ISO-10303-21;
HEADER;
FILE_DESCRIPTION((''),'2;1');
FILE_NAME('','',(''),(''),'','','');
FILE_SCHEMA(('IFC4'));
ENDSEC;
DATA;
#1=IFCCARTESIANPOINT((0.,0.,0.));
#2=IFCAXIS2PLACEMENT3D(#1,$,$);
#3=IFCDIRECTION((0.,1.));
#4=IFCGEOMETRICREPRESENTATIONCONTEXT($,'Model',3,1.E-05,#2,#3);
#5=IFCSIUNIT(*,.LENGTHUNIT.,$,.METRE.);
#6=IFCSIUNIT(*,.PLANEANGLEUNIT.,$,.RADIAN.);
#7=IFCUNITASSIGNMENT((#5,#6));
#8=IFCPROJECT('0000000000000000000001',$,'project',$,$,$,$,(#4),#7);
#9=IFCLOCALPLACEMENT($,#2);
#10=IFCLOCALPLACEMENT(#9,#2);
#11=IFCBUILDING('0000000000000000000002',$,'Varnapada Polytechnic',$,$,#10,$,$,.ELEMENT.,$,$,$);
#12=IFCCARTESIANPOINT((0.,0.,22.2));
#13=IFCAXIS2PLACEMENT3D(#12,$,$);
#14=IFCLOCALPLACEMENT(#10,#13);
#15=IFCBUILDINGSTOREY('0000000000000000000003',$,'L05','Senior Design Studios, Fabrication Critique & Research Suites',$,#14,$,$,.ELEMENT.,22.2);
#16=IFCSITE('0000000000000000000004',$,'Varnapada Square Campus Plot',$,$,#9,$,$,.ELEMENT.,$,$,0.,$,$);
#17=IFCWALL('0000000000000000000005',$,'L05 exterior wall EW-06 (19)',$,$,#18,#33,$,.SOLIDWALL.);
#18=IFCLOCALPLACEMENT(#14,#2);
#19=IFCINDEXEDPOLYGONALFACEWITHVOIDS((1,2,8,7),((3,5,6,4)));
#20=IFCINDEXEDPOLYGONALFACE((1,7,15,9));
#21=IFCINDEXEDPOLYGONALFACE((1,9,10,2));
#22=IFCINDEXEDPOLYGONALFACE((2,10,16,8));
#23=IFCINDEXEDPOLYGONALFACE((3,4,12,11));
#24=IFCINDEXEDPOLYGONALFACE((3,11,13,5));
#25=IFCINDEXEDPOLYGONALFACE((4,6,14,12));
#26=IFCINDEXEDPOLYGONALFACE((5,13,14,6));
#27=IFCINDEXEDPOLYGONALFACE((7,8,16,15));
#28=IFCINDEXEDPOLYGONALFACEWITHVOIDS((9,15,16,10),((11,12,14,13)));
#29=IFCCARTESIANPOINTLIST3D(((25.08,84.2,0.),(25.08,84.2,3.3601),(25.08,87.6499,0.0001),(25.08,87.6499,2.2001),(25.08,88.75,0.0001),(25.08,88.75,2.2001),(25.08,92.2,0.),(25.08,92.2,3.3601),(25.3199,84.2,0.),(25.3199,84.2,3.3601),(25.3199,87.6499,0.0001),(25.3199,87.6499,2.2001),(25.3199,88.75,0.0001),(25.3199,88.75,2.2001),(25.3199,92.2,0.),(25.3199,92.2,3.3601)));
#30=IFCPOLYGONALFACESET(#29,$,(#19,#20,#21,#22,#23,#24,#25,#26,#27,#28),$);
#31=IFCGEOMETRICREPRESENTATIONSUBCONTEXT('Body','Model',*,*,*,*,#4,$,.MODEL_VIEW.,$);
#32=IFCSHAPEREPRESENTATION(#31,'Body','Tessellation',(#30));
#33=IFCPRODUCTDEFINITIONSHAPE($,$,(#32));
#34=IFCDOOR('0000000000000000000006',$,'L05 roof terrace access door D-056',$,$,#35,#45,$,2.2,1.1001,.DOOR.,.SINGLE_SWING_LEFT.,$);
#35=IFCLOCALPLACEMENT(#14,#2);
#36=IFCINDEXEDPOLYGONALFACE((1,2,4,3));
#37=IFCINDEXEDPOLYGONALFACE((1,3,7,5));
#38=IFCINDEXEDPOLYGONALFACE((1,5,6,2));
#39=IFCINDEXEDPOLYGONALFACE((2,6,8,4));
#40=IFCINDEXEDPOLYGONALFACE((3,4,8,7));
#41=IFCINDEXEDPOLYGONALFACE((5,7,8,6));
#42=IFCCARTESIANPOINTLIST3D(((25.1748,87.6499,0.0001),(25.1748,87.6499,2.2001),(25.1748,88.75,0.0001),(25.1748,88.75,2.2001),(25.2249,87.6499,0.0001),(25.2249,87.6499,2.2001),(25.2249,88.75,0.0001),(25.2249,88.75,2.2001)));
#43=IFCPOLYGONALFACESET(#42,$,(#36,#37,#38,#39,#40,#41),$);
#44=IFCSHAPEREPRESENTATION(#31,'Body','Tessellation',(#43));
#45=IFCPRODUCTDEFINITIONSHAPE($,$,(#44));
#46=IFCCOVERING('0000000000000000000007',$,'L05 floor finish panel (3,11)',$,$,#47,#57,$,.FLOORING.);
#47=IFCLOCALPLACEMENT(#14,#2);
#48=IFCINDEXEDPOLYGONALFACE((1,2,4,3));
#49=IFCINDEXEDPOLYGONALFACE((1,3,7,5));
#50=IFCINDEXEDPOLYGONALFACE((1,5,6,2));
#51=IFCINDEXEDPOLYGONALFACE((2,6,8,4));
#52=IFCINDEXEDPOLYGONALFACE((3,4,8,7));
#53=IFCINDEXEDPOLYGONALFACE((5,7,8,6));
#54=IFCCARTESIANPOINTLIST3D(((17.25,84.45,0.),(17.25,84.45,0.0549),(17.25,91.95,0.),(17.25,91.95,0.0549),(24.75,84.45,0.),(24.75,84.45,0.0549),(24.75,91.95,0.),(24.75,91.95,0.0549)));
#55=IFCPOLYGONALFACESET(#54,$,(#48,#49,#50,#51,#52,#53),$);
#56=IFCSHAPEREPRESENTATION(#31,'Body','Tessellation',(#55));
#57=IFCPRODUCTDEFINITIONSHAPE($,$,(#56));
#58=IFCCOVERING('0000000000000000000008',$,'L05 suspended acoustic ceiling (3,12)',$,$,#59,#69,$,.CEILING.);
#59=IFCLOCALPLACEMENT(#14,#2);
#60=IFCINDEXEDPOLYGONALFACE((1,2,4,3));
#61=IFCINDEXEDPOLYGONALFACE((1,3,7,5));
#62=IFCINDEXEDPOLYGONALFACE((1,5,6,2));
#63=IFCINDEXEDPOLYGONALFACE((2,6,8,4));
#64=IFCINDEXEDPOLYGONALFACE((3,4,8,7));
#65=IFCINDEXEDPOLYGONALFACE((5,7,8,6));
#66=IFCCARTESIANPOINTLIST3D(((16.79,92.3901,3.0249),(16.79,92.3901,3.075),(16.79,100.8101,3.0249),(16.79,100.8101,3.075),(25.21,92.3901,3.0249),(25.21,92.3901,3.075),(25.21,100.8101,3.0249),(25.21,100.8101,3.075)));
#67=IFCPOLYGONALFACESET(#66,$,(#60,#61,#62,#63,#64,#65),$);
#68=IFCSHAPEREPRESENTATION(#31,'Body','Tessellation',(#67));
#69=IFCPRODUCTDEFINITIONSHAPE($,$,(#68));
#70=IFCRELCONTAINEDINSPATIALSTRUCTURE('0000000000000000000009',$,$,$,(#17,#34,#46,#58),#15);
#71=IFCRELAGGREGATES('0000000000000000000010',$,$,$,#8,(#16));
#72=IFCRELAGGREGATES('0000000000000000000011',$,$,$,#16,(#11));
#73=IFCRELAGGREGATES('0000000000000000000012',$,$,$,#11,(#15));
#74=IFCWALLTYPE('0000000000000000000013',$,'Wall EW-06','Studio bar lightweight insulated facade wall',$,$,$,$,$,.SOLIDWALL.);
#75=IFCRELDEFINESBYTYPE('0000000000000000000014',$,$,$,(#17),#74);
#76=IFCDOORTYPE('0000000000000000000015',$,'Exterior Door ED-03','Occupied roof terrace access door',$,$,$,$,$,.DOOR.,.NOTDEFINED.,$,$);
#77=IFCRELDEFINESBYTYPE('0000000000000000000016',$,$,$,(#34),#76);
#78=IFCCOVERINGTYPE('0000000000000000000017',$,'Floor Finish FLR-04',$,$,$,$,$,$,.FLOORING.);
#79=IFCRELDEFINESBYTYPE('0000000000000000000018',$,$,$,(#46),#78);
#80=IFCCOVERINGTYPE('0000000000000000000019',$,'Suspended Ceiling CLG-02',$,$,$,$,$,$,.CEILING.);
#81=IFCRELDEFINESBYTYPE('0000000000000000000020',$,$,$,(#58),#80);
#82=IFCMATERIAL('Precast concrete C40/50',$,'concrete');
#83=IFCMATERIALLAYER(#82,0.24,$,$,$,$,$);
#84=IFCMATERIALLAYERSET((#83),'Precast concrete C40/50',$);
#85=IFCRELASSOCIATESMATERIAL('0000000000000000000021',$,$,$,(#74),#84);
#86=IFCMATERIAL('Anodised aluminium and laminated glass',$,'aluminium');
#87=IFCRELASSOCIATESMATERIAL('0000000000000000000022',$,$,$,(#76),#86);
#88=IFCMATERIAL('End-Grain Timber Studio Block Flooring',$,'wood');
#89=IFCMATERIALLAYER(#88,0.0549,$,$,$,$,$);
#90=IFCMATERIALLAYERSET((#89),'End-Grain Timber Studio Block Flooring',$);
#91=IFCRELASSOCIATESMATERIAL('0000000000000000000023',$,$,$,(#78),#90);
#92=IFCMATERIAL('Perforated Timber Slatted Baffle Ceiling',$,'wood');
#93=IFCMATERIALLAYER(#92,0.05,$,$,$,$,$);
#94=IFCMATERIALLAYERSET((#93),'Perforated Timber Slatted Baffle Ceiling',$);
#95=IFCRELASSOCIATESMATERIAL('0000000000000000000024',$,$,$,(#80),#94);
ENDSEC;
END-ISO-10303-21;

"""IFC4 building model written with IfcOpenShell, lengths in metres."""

from ifc_helpers import new_model, si_unit, direction, frame, frame_2d, origin, origin_2d, place, context, subcontext, project, spatial, rectangle, extrude, material, layer, layer_set, type_object, element, fill, save


model = new_model("IFC4")

# Units and contexts
model_context = context("Model", 3, precision=1e-05, world=origin(), true_north=direction((0.0, 1.0)))
body_context = subcontext(model_context, "Body", "Model", "MODEL_VIEW")
ifc_project = project(units=[si_unit("LENGTHUNIT", "METRE"), si_unit("PLANEANGLEUNIT", "RADIAN")], contexts=[model_context])

# Site, building, storey
site_placement = place(None, origin())
site = spatial("IfcSite", under=ifc_project, at=site_placement, Name="Varnapada Square Campus Plot", CompositionType="ELEMENT", RefElevation=0.0)
building_placement = place(site_placement, origin())
building = spatial("IfcBuilding", under=site, at=building_placement, Name="Varnapada Polytechnic", CompositionType="ELEMENT")
storey_placement = place(building_placement, frame((0.0, 0.0, 22.2)))
storey = spatial("IfcBuildingStorey", under=building, at=storey_placement, Name="L05", Description="Senior Design Studios, Fabrication Critique & Research Suites", CompositionType="ELEMENT", Elevation=22.2)

# Wall, opening, door
ifc_material_1 = material(Name="Precast concrete C40/50", Category="concrete")
ifc_layer_1 = layer(ifc_material_1, 0.24)
ifc_layer_set_1 = layer_set([ifc_layer_1], Name="Precast concrete C40/50")
wall_type_1 = type_object("IfcWallType", Name="Wall EW-06", Description="Studio bar lightweight insulated facade wall", PredefinedType="SOLIDWALL", material=ifc_layer_set_1)
wall_1_placement = place(storey_placement, frame((25.2, 92.2, 0.0), z_axis=(0.0, 0.0, 1.0), x_axis=(0.0, -1.0, 0.0)))
wall_1 = element("IfcWall", 1, at=wall_1_placement, inside=storey, type_object=wall_type_1, Name="L05 exterior wall EW-06 (19)", PredefinedType="SOLIDWALL", context=body_context, shape_type="SweptSolid", body=[
    extrude(rectangle(XDim=8.0, YDim=0.24, at=frame_2d((4.0, 0.0))), origin(), (0.0, 0.0, 1.0), 3.3601),
])
opening_1_placement = place(wall_1_placement, frame((3.45, 0.0, 0.0)))
opening_1 = element("IfcOpeningElement", 2, at=opening_1_placement, cuts=wall_1, PredefinedType="OPENING", context=body_context, shape_type="SweptSolid", body=[
    extrude(rectangle(XDim=1.1001, YDim=2.2, at=frame_2d((0.55, 1.1001))), frame((0.0, 0.1299, 0.0), z_axis=(0.0, -1.0, 0.0), x_axis=(1.0, 0.0, 0.0)), (0.0, 0.0, 1.0), 0.26),
])
ifc_material_2 = material(Name="Anodised aluminium and laminated glass", Category="aluminium")
door_type_1 = type_object("IfcDoorType", Name="Exterior Door ED-03", Description="Occupied roof terrace access door", OperationType="NOTDEFINED", PredefinedType="DOOR", material=ifc_material_2)
door_1_placement = place(opening_1_placement, origin())
door_1 = element("IfcDoor", 3, at=door_1_placement, inside=storey, type_object=door_type_1, Name="L05 roof terrace access door D-056", OperationType="SINGLE_SWING_LEFT", OverallHeight=2.2, OverallWidth=1.1001, PredefinedType="DOOR", context=body_context, shape_type="SweptSolid", body=[
    extrude(rectangle(XDim=1.1001, YDim=2.2, at=frame_2d((0.55, 1.1001))), frame((0.0, 0.0249, 0.0), z_axis=(0.0, -1.0, 0.0), x_axis=(1.0, 0.0, 0.0)), (0.0, 0.0, 1.0), 0.05),
])
fill(opening_1, door_1)

# Coverings
ifc_material_3 = material(Name="End-Grain Timber Studio Block Flooring", Category="wood")
ifc_layer_2 = layer(ifc_material_3, 0.0549)
ifc_layer_set_2 = layer_set([ifc_layer_2], Name="End-Grain Timber Studio Block Flooring")
covering_type_1 = type_object("IfcCoveringType", Name="Floor Finish FLR-04", PredefinedType="FLOORING", material=ifc_layer_set_2)
covering_1_placement = place(storey_placement, frame((21.0, 88.2, 0.0), z_axis=(0.0, 0.0, 1.0), x_axis=(1.0, 0.0, 0.0)))
element("IfcCovering", 4, at=covering_1_placement, inside=storey, type_object=covering_type_1, Name="L05 floor finish panel (3,11)", PredefinedType="FLOORING", context=body_context, shape_type="SweptSolid", body=[
    extrude(rectangle(XDim=7.5, YDim=7.5, at=origin_2d()), origin(), (0.0, 0.0, 1.0), 0.0549),
])
ifc_material_4 = material(Name="Perforated Timber Slatted Baffle Ceiling", Category="wood")
ifc_layer_3 = layer(ifc_material_4, 0.05)
ifc_layer_set_3 = layer_set([ifc_layer_3], Name="Perforated Timber Slatted Baffle Ceiling")
covering_type_2 = type_object("IfcCoveringType", Name="Suspended Ceiling CLG-02", PredefinedType="CEILING", material=ifc_layer_set_3)
covering_2_placement = place(storey_placement, frame((21.0, 96.6001, 3.0249), z_axis=(0.0, 0.0, 1.0), x_axis=(1.0, 0.0, 0.0)))
element("IfcCovering", 5, at=covering_2_placement, inside=storey, type_object=covering_type_2, Name="L05 suspended acoustic ceiling (3,12)", PredefinedType="CEILING", context=body_context, shape_type="SweptSolid", body=[
    extrude(rectangle(XDim=8.4199, YDim=8.4199, at=origin_2d()), origin(), (0.0, 0.0, 1.0), 0.05),
])

save(model, "model.ifc")
